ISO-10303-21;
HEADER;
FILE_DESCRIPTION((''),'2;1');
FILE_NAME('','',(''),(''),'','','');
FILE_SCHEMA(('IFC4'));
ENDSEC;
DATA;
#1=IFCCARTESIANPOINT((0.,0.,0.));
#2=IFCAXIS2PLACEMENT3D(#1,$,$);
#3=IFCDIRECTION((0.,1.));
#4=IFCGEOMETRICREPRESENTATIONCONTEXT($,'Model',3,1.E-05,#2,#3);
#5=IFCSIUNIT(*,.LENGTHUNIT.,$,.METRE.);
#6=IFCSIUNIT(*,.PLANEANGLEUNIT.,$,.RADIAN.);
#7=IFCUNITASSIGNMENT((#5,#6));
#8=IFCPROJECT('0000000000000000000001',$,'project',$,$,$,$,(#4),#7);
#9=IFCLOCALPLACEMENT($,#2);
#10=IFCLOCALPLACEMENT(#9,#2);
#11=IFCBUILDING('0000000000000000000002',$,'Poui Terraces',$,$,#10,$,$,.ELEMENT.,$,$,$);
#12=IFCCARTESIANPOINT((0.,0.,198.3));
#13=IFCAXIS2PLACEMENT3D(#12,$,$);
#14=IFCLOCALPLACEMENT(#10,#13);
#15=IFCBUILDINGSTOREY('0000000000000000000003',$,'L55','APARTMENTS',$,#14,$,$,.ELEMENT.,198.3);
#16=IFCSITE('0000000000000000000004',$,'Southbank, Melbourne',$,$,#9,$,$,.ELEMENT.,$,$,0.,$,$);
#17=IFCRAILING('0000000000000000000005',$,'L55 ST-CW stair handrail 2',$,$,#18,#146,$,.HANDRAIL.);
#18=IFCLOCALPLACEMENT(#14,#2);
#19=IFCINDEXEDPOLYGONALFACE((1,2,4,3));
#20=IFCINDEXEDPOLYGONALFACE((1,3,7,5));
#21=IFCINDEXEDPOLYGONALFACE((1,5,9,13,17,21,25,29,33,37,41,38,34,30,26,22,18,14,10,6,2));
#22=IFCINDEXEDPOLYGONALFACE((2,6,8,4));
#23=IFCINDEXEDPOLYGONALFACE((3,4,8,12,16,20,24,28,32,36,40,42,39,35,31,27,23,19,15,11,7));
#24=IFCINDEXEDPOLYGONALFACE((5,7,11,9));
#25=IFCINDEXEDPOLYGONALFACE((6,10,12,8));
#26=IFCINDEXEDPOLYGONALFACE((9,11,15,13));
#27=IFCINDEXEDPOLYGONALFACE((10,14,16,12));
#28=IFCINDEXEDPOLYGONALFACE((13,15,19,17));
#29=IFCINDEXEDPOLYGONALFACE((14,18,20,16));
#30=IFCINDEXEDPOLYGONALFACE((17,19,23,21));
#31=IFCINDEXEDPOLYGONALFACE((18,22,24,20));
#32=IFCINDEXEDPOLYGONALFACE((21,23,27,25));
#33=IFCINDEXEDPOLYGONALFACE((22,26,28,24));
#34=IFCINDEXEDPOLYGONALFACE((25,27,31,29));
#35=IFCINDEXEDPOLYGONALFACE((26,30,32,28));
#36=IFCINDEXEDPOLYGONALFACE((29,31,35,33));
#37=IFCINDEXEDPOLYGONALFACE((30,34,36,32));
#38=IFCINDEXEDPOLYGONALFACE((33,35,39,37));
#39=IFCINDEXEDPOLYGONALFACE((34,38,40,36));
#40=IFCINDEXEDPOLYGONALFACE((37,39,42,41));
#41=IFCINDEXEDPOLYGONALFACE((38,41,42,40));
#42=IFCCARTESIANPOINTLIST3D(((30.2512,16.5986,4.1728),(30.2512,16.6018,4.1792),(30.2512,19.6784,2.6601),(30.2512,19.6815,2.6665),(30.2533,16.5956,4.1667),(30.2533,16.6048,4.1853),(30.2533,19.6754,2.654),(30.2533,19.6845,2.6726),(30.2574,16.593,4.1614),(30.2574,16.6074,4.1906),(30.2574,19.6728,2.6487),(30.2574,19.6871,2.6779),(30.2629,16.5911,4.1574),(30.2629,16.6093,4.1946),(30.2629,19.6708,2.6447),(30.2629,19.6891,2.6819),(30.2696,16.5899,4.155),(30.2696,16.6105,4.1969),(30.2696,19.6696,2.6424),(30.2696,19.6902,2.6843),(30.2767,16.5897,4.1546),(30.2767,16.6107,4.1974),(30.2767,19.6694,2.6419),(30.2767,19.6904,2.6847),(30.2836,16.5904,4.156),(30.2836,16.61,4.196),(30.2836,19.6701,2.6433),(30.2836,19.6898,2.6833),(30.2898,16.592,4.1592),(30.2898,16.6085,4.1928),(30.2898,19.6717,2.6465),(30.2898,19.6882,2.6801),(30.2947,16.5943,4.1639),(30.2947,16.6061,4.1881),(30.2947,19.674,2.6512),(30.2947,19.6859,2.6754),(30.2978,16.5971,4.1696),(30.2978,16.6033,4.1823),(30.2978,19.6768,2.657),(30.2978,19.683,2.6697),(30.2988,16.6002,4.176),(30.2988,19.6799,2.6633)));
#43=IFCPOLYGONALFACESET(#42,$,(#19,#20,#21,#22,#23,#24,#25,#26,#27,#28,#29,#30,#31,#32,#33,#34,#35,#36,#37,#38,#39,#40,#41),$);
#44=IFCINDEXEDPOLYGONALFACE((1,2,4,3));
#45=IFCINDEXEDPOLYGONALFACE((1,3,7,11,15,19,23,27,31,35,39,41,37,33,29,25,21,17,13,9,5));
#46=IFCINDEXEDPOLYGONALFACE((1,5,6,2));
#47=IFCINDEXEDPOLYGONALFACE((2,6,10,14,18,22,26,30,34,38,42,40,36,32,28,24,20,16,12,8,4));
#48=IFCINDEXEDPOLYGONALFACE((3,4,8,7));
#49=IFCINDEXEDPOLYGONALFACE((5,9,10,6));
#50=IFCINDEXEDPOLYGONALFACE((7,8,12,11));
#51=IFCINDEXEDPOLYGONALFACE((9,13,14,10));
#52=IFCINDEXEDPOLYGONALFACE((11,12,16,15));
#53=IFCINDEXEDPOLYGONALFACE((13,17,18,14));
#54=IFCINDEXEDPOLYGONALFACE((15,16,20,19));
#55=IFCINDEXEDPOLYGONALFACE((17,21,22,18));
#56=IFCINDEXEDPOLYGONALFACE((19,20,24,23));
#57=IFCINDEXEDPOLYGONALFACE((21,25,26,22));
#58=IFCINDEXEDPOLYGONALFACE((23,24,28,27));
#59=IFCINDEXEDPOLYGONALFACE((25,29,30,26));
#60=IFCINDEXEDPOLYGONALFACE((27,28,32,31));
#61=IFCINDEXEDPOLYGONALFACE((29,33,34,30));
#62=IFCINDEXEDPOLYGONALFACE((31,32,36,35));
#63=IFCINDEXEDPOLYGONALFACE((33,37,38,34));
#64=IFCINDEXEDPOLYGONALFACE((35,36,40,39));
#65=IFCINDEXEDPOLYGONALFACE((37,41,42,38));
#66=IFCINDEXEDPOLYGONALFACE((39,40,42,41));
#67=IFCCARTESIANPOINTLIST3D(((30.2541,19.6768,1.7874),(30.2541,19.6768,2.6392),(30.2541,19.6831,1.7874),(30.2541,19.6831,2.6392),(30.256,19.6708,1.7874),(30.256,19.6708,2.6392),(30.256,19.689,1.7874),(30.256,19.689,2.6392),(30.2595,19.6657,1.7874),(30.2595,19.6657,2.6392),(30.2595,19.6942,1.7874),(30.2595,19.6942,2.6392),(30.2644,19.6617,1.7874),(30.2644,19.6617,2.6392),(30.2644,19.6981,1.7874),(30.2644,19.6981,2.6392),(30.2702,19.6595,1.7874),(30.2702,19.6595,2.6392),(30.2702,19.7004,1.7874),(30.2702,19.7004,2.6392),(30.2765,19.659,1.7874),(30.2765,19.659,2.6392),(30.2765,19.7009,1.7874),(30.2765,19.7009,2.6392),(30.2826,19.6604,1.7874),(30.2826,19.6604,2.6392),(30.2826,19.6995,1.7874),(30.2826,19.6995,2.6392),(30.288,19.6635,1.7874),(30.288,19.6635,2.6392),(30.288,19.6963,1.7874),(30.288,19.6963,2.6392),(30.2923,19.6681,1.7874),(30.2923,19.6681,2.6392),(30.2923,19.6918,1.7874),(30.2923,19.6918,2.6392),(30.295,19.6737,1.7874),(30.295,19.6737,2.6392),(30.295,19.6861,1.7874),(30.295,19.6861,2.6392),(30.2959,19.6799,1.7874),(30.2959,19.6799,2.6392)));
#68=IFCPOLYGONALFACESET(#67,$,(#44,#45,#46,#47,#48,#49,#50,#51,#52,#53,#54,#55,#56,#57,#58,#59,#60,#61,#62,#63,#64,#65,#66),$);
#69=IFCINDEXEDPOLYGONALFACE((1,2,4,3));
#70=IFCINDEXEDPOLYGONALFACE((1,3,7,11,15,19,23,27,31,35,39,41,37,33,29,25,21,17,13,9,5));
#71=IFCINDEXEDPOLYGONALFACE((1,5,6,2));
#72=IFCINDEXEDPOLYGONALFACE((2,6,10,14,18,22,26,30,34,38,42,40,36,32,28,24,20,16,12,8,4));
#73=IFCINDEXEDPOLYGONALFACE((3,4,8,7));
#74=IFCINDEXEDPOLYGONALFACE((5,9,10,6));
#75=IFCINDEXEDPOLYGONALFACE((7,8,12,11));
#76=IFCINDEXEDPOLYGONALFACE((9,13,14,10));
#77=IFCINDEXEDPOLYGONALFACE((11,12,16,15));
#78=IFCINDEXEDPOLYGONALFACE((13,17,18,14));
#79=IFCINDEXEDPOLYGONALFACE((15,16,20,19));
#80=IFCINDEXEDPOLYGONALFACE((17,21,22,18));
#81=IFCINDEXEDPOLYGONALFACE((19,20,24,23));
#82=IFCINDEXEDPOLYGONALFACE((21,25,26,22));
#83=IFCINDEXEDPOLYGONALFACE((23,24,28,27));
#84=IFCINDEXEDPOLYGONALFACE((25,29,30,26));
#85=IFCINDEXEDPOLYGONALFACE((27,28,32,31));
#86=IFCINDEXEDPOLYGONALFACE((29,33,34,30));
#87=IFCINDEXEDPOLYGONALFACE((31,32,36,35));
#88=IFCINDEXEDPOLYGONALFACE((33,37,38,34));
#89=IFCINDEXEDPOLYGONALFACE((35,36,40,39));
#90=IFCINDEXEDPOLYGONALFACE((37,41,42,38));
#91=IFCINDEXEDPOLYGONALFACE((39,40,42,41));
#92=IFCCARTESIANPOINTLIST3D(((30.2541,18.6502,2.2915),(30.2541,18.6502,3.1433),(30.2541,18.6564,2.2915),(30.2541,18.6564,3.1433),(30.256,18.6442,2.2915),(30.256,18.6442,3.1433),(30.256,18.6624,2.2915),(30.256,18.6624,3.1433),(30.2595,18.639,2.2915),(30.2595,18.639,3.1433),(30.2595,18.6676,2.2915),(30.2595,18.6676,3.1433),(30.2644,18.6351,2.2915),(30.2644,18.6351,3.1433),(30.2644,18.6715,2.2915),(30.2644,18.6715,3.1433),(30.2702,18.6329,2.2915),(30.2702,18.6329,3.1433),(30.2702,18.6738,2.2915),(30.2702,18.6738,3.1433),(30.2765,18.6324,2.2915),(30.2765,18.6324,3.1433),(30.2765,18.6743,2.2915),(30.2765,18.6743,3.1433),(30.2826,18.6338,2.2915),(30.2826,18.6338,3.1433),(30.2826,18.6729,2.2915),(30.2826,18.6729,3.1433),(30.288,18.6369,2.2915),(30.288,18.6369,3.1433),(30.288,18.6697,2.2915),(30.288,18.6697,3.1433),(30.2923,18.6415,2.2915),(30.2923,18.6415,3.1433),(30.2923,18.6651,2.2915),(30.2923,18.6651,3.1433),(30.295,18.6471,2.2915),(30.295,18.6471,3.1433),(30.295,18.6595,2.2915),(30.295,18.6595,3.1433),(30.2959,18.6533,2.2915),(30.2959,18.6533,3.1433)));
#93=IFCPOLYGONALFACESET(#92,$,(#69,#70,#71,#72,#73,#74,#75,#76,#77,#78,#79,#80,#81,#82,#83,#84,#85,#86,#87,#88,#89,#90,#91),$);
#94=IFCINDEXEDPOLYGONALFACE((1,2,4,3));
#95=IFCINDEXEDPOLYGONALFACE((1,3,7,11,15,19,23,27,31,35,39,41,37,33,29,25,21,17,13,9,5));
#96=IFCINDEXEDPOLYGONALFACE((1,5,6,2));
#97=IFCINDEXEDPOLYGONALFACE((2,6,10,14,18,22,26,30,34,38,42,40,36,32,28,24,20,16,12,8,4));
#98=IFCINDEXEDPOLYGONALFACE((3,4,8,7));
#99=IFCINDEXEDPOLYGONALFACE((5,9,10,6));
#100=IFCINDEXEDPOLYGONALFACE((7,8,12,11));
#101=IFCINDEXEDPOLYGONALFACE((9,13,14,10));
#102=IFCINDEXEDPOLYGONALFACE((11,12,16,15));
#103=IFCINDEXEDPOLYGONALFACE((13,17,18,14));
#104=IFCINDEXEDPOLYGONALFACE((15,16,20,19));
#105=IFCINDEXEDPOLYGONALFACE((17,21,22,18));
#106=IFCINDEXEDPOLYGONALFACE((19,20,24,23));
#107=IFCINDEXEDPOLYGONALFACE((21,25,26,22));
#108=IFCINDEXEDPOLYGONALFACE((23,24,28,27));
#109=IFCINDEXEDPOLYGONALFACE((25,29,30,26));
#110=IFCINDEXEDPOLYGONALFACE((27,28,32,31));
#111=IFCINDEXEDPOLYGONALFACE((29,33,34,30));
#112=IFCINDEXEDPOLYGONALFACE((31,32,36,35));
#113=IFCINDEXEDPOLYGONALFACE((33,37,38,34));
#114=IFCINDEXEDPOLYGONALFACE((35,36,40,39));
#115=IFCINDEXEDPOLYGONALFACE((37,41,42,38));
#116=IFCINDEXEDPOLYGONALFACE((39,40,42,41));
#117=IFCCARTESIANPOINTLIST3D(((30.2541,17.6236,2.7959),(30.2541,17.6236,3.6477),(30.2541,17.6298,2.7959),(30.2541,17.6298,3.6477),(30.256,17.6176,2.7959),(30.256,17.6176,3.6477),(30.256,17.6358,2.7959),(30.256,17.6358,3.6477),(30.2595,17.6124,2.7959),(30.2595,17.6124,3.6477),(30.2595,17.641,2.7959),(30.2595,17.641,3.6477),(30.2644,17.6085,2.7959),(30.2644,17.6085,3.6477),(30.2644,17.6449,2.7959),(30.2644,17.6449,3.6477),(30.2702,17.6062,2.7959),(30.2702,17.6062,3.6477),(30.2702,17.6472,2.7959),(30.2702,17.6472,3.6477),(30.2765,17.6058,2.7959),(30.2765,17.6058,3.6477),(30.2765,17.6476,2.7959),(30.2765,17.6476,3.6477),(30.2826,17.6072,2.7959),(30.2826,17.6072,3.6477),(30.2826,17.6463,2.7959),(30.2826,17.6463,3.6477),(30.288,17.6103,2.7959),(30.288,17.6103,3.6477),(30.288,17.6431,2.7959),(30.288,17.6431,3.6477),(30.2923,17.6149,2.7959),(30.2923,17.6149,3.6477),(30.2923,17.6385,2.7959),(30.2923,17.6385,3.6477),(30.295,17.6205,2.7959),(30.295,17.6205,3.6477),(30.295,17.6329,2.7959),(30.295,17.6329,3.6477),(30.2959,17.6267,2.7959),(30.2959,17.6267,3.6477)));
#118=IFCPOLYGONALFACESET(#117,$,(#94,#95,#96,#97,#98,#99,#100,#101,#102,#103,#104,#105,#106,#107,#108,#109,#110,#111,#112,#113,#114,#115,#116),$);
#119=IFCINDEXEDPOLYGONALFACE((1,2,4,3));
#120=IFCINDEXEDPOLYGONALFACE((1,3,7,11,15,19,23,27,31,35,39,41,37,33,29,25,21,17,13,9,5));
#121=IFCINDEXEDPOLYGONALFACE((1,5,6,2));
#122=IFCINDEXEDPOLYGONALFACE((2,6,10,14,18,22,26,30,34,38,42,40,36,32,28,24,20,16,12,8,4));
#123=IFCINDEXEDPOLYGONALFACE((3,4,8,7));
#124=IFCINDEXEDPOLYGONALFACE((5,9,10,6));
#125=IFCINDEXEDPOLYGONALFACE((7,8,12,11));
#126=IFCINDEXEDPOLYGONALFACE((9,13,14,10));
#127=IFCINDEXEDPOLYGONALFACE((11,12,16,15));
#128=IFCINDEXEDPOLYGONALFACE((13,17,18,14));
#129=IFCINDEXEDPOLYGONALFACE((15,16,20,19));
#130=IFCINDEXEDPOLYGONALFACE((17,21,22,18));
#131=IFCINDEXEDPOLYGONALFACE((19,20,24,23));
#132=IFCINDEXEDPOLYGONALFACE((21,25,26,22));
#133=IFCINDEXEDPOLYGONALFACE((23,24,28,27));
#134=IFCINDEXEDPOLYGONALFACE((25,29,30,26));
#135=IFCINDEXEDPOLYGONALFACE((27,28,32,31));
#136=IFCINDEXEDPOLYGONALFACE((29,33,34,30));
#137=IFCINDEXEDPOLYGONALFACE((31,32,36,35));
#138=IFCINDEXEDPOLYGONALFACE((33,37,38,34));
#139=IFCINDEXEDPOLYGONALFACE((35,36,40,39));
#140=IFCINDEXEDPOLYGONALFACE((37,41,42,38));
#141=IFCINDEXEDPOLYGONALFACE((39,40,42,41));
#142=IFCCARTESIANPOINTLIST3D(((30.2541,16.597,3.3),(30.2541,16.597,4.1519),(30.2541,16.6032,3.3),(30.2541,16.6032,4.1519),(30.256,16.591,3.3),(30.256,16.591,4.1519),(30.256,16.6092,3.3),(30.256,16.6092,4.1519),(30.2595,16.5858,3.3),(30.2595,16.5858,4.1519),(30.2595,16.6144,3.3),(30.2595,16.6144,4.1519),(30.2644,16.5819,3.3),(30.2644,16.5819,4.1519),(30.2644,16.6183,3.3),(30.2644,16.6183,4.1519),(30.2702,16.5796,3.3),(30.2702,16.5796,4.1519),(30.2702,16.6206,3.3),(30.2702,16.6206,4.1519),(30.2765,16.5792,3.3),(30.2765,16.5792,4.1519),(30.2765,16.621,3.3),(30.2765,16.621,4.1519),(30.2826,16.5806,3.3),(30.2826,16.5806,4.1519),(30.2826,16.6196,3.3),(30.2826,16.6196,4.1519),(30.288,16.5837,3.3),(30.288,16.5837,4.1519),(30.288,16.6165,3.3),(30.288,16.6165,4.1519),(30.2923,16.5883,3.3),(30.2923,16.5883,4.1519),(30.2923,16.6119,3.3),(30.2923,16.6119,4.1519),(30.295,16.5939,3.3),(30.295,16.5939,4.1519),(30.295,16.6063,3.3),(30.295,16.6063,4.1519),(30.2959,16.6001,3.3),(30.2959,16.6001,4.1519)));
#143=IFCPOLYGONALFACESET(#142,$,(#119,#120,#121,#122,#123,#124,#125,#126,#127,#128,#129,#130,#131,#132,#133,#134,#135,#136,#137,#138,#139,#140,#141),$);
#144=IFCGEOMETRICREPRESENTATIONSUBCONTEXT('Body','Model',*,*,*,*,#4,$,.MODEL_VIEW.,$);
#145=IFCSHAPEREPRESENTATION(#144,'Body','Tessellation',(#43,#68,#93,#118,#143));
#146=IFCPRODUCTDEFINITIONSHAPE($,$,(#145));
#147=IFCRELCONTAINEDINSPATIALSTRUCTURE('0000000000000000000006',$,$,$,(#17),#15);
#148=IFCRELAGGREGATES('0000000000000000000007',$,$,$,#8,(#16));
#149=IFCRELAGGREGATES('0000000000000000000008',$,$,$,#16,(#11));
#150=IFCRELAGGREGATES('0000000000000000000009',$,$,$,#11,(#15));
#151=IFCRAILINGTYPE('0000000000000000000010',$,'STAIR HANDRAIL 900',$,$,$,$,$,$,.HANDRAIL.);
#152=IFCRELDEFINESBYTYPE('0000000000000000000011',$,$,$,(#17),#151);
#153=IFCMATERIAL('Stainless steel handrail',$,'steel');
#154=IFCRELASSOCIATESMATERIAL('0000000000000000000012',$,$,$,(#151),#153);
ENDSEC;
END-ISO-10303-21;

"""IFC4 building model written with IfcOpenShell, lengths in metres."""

from ifc_helpers import new_model, si_unit, direction, frame, origin, origin_2d, place, context, subcontext, project, spatial, circle, extrude, material, type_object, element, save


model = new_model("IFC4")

# Units and contexts
model_context = context("Model", 3, precision=1e-05, world=origin(), true_north=direction((0.0, 1.0)))
body_context = subcontext(model_context, "Body", "Model", "MODEL_VIEW")
ifc_project = project(units=[si_unit("LENGTHUNIT", "METRE"), si_unit("PLANEANGLEUNIT", "RADIAN")], contexts=[model_context])

# Site, building, storey
site_placement = place(None, origin())
site = spatial("IfcSite", under=ifc_project, at=site_placement, Name="Southbank, Melbourne", CompositionType="ELEMENT", RefElevation=0.0)
building_placement = place(site_placement, origin())
building = spatial("IfcBuilding", under=site, at=building_placement, Name="Poui Terraces", CompositionType="ELEMENT")
storey_placement = place(building_placement, frame((0.0, 0.0, 198.3)))
storey = spatial("IfcBuildingStorey", under=building, at=storey_placement, Name="L55", Description="APARTMENTS", CompositionType="ELEMENT", Elevation=198.3)

# Railing
ifc_material_1 = material(Name="Stainless steel handrail", Category="steel")
railing_type_1 = type_object("IfcRailingType", Name="STAIR HANDRAIL 900", PredefinedType="HANDRAIL", material=ifc_material_1)
railing_1_placement = place(storey_placement, frame((30.2749, 19.6799, 1.7874)))
element("IfcRailing", 1, at=railing_1_placement, inside=storey, type_object=railing_type_1, Name="L55 ST-CW stair handrail 2", PredefinedType="HANDRAIL", context=body_context, shape_type="SweptSolid", body=[
    extrude(circle(Radius=0.0239, at=origin_2d()), frame((0.0, 0.0, 0.876), z_axis=(0.0, -0.897578, 0.440856), x_axis=(1.0, 0.0, 0.0)), (0.0, 0.0, 1.0), 3.4312),
    extrude(circle(Radius=0.021, at=origin_2d()), origin(), (0.0, 0.0, 1.0), 0.8518),
    extrude(circle(Radius=0.021, at=origin_2d()), frame((0.0, -1.0266, 0.5042)), (0.0, 0.0, 1.0), 0.8518),
    extrude(circle(Radius=0.021, at=origin_2d()), frame((0.0, -2.0532, 1.0085)), (0.0, 0.0, 1.0), 0.8518),
    extrude(circle(Radius=0.021, at=origin_2d()), frame((0.0, -3.0798, 1.5127)), (0.0, 0.0, 1.0), 0.8518),
])

save(model, "model.ifc")
